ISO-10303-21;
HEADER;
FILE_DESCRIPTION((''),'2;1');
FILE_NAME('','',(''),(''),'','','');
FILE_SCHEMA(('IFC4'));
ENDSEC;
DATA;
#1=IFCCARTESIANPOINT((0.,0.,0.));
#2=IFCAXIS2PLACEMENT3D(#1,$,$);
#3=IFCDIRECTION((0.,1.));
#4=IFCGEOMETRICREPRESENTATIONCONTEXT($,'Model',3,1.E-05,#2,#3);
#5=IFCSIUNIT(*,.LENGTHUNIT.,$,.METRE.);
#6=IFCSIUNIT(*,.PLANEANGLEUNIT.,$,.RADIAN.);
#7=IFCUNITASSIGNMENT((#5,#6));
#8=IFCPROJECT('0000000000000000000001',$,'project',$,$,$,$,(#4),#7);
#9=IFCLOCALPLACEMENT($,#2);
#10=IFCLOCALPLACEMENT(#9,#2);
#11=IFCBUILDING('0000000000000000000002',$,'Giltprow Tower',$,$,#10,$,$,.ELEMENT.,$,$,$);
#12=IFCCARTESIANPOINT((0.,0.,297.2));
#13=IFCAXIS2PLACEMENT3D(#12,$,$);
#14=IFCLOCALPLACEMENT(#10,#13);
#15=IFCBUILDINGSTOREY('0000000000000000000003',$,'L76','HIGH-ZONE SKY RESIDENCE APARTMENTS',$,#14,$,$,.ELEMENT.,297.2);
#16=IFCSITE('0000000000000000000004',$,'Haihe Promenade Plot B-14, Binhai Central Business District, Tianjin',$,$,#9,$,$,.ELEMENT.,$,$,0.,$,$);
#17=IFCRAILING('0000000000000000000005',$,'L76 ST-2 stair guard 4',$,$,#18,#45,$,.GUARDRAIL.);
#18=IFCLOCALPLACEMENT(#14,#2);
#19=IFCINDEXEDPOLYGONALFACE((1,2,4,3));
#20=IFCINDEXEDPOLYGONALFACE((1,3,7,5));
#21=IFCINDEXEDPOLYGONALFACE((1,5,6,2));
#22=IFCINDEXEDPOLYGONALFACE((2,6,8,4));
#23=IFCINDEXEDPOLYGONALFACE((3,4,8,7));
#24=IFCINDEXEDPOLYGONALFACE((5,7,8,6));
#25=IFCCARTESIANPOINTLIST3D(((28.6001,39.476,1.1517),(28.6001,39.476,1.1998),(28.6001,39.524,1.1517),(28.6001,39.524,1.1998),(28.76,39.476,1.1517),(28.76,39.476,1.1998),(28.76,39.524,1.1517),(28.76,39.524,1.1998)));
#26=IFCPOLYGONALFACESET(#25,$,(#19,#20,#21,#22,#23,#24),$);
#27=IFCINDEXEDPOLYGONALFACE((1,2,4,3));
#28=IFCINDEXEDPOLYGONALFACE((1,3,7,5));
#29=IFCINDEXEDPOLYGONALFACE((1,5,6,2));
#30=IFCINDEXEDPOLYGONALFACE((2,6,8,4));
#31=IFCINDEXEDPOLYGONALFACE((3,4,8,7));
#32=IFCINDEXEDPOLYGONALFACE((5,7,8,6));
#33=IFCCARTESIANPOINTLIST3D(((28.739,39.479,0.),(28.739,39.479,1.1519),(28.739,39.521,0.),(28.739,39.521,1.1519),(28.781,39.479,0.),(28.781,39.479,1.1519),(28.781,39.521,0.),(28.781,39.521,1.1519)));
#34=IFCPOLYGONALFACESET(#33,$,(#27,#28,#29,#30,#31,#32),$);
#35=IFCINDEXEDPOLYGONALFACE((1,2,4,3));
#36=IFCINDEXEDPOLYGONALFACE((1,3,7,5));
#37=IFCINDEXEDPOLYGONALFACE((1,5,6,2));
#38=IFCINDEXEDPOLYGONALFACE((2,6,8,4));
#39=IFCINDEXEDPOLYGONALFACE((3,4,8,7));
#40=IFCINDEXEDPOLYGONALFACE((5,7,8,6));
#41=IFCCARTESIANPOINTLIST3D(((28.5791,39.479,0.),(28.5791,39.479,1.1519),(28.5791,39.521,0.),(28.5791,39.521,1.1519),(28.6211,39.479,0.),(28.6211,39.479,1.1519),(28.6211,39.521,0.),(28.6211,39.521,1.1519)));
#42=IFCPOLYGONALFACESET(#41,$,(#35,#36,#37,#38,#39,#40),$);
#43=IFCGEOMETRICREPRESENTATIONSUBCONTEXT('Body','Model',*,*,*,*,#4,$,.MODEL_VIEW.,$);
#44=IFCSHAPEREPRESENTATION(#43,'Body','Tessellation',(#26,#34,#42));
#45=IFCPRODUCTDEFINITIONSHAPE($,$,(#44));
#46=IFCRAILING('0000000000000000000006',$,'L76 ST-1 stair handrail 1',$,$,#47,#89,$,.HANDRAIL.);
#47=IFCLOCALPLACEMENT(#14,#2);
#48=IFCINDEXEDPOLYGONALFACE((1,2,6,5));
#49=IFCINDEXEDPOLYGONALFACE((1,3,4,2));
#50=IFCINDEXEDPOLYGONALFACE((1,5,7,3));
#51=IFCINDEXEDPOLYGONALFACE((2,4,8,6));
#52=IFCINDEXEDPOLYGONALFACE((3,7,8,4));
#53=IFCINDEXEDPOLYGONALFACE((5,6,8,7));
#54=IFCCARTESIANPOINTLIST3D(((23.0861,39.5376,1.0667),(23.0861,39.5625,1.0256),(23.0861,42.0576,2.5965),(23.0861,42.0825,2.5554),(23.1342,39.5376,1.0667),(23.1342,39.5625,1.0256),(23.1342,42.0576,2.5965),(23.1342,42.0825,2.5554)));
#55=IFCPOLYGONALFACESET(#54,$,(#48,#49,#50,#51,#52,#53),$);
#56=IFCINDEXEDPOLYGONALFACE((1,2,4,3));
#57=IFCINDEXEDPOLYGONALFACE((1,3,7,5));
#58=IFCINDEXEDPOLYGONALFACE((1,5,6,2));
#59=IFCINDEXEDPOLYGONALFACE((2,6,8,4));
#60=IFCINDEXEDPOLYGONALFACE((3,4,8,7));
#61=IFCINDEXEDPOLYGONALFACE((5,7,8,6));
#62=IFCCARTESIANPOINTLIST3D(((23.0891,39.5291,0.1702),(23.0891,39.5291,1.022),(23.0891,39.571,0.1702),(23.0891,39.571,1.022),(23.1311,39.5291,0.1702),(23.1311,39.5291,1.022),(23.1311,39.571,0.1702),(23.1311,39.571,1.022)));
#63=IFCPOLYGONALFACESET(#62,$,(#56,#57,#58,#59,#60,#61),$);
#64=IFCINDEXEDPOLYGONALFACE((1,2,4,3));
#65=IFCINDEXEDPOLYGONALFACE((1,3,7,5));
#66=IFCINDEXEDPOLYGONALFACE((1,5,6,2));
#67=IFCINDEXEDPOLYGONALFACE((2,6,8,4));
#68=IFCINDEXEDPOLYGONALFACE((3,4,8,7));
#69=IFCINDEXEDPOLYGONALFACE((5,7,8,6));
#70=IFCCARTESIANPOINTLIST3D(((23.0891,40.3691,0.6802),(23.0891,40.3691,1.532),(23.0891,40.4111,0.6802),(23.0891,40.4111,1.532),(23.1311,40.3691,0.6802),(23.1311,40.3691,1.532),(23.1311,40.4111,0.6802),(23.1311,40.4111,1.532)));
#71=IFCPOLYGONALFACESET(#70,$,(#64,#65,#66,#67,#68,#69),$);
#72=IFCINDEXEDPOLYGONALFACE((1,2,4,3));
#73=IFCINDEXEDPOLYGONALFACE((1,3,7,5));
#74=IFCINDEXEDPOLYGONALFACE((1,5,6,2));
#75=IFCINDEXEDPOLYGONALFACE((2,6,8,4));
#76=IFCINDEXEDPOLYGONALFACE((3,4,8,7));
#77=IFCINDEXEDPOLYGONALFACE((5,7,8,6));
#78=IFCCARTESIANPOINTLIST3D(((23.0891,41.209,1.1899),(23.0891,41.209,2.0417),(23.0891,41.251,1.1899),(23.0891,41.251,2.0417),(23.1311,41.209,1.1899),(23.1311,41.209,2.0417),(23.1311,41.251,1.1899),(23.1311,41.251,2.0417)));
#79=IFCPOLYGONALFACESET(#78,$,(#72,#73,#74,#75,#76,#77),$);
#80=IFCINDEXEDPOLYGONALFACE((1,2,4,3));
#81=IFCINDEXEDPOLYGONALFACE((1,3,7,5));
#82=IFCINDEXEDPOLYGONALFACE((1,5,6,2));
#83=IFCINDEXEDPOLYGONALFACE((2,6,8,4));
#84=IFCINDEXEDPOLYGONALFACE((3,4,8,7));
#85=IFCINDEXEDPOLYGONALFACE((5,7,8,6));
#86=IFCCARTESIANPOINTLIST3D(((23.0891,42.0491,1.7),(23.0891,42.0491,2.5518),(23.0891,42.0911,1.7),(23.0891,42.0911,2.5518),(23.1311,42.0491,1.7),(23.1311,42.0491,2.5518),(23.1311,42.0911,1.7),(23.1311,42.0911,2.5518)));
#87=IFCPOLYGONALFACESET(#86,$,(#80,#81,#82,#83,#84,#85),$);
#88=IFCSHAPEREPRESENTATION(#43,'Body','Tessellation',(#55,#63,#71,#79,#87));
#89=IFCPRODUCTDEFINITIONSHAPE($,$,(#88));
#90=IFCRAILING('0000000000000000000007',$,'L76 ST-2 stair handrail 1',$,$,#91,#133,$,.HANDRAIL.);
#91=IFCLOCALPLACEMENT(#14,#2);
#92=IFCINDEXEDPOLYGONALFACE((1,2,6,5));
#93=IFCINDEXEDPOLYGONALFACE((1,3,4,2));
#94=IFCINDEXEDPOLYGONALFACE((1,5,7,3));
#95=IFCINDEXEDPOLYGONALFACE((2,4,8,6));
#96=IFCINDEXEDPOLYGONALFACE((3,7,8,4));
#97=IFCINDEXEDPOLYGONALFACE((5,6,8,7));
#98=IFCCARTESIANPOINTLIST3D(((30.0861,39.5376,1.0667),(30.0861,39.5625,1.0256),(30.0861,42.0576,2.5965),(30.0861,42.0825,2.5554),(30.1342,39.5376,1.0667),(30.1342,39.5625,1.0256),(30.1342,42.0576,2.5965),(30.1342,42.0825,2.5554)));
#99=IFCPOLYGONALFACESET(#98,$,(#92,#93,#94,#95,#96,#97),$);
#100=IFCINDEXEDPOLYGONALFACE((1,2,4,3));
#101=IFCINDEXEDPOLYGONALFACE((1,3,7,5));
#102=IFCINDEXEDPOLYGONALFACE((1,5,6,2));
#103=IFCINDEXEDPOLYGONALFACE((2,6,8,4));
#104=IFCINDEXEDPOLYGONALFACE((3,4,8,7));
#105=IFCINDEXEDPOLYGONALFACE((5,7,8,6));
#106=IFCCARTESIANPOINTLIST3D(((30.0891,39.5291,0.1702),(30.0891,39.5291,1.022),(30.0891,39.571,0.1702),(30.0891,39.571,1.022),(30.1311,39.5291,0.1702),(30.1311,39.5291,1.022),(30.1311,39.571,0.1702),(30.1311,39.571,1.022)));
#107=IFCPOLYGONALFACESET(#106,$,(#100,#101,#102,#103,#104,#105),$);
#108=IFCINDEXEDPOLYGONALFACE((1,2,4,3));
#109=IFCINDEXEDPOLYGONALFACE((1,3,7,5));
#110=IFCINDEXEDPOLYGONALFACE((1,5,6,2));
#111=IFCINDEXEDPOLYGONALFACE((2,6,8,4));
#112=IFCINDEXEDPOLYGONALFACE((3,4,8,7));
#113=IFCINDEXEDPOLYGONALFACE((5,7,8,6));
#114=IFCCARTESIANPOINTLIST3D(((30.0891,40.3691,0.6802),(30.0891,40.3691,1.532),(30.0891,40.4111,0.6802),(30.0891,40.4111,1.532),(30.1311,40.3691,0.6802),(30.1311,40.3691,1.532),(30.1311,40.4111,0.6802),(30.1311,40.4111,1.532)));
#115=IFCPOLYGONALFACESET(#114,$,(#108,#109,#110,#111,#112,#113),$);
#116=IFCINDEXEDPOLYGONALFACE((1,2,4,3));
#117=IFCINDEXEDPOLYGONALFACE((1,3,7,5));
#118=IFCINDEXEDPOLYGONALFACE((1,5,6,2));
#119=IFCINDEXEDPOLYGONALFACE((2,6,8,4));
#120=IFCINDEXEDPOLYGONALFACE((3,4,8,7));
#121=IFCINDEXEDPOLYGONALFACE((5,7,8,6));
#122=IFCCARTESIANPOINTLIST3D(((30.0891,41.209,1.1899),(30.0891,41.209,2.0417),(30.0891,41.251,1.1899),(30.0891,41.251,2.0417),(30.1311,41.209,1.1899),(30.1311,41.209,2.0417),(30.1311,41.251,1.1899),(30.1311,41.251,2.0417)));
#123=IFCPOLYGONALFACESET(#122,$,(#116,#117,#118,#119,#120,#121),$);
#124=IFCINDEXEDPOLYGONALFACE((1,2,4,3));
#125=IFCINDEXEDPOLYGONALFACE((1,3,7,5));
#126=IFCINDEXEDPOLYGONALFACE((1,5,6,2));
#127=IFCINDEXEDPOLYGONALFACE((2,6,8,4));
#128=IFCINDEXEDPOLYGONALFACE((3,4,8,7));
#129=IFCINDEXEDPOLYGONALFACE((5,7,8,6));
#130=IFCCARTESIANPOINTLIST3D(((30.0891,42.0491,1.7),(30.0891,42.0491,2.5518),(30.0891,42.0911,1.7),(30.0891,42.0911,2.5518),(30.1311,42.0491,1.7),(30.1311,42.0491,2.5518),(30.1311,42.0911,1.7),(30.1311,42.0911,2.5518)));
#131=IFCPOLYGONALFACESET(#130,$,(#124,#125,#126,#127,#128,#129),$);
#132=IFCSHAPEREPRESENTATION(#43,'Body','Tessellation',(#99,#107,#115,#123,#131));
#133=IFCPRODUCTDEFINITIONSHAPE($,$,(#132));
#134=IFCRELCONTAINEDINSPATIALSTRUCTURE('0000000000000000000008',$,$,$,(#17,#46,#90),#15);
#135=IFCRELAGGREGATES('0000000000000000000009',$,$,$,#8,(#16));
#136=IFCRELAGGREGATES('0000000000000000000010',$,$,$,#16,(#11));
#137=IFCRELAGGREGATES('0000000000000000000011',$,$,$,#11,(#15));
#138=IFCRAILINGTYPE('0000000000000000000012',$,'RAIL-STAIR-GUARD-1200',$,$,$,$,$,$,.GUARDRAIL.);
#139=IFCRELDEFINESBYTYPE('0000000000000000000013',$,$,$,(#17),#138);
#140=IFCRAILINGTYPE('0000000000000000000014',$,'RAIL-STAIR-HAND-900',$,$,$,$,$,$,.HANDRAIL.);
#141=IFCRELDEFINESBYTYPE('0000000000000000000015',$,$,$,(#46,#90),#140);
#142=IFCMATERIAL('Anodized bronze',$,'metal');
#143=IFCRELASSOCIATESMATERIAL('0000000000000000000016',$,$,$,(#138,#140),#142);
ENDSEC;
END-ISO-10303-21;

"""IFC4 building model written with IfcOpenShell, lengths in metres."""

from ifc_helpers import new_model, si_unit, direction, frame, origin, origin_2d, place, context, subcontext, project, spatial, rectangle, extrude, material, type_object, element, save


model = new_model("IFC4")

# Units and contexts
model_context = context("Model", 3, precision=1e-05, world=origin(), true_north=direction((0.0, 1.0)))
body_context = subcontext(model_context, "Body", "Model", "MODEL_VIEW")
ifc_project = project(units=[si_unit("LENGTHUNIT", "METRE"), si_unit("PLANEANGLEUNIT", "RADIAN")], contexts=[model_context])

# Site, building, storey
site_placement = place(None, origin())
site = spatial("IfcSite", under=ifc_project, at=site_placement, Name="Haihe Promenade Plot B-14, Binhai Central Business District, Tianjin", CompositionType="ELEMENT", RefElevation=0.0)
building_placement = place(site_placement, origin())
building = spatial("IfcBuilding", under=site, at=building_placement, Name="Giltprow Tower", CompositionType="ELEMENT")
storey_placement = place(building_placement, frame((0.0, 0.0, 297.2)))
storey = spatial("IfcBuildingStorey", under=building, at=storey_placement, Name="L76", Description="HIGH-ZONE SKY RESIDENCE APARTMENTS", CompositionType="ELEMENT", Elevation=297.2)

# Railings
ifc_material_1 = material(Name="Anodized bronze", Category="metal")
railing_type_1 = type_object("IfcRailingType", Name="RAIL-STAIR-GUARD-1200", PredefinedType="GUARDRAIL", material=ifc_material_1)
railing_1_placement = place(storey_placement, frame((28.76, 39.5, 0.0)))
element("IfcRailing", 1, at=railing_1_placement, inside=storey, type_object=railing_type_1, Name="L76 ST-2 stair guard 4", PredefinedType="GUARDRAIL", context=body_context, shape_type="SweptSolid", body=[
    extrude(rectangle(XDim=0.0481, YDim=0.0481, at=origin_2d()), frame((0.0, 0.0, 1.1758), z_axis=(-1.0, 0.0, 0.0), x_axis=(0.0, -1.0, 0.0)), (0.0, 0.0, 1.0), 0.1599),
    extrude(rectangle(XDim=0.042, YDim=0.042, at=origin_2d()), origin(), (0.0, 0.0, 1.0), 1.1519),
    extrude(rectangle(XDim=0.042, YDim=0.042, at=origin_2d()), frame((-0.1599, 0.0, 0.0)), (0.0, 0.0, 1.0), 1.1519),
])
railing_type_2 = type_object("IfcRailingType", Name="RAIL-STAIR-HAND-900", PredefinedType="HANDRAIL", material=ifc_material_1)
for number, where, name in (
    (2, (23.1101, 39.55, 0.1702), "L76 ST-1 stair handrail 1"),
    (3, (30.1101, 39.55, 0.1702), "L76 ST-2 stair handrail 1"),
):
    element("IfcRailing", number, at=place(storey_placement, frame(where)), inside=storey, type_object=railing_type_2, Name=name, PredefinedType="HANDRAIL", context=body_context, shape_type="SweptSolid", body=[
        extrude(rectangle(XDim=0.0481, YDim=0.0481, at=origin_2d()), frame((0.0, 0.0, 0.876), z_axis=(0.0, 0.854822, 0.518922), x_axis=(-1.0, 0.0, 0.0)), (0.0, 0.0, 1.0), 2.948),
        extrude(rectangle(XDim=0.042, YDim=0.042, at=origin_2d()), origin(), (0.0, 0.0, 1.0), 0.8518),
        extrude(rectangle(XDim=0.042, YDim=0.042, at=origin_2d()), frame((0.0, 0.8401, 0.51)), (0.0, 0.0, 1.0), 0.8518),
        extrude(rectangle(XDim=0.042, YDim=0.042, at=origin_2d()), frame((0.0, 1.6799, 1.0198)), (0.0, 0.0, 1.0), 0.8518),
        extrude(rectangle(XDim=0.042, YDim=0.042, at=origin_2d()), frame((0.0, 2.52, 1.5298)), (0.0, 0.0, 1.0), 0.8518),
    ])

save(model, "model.ifc")
